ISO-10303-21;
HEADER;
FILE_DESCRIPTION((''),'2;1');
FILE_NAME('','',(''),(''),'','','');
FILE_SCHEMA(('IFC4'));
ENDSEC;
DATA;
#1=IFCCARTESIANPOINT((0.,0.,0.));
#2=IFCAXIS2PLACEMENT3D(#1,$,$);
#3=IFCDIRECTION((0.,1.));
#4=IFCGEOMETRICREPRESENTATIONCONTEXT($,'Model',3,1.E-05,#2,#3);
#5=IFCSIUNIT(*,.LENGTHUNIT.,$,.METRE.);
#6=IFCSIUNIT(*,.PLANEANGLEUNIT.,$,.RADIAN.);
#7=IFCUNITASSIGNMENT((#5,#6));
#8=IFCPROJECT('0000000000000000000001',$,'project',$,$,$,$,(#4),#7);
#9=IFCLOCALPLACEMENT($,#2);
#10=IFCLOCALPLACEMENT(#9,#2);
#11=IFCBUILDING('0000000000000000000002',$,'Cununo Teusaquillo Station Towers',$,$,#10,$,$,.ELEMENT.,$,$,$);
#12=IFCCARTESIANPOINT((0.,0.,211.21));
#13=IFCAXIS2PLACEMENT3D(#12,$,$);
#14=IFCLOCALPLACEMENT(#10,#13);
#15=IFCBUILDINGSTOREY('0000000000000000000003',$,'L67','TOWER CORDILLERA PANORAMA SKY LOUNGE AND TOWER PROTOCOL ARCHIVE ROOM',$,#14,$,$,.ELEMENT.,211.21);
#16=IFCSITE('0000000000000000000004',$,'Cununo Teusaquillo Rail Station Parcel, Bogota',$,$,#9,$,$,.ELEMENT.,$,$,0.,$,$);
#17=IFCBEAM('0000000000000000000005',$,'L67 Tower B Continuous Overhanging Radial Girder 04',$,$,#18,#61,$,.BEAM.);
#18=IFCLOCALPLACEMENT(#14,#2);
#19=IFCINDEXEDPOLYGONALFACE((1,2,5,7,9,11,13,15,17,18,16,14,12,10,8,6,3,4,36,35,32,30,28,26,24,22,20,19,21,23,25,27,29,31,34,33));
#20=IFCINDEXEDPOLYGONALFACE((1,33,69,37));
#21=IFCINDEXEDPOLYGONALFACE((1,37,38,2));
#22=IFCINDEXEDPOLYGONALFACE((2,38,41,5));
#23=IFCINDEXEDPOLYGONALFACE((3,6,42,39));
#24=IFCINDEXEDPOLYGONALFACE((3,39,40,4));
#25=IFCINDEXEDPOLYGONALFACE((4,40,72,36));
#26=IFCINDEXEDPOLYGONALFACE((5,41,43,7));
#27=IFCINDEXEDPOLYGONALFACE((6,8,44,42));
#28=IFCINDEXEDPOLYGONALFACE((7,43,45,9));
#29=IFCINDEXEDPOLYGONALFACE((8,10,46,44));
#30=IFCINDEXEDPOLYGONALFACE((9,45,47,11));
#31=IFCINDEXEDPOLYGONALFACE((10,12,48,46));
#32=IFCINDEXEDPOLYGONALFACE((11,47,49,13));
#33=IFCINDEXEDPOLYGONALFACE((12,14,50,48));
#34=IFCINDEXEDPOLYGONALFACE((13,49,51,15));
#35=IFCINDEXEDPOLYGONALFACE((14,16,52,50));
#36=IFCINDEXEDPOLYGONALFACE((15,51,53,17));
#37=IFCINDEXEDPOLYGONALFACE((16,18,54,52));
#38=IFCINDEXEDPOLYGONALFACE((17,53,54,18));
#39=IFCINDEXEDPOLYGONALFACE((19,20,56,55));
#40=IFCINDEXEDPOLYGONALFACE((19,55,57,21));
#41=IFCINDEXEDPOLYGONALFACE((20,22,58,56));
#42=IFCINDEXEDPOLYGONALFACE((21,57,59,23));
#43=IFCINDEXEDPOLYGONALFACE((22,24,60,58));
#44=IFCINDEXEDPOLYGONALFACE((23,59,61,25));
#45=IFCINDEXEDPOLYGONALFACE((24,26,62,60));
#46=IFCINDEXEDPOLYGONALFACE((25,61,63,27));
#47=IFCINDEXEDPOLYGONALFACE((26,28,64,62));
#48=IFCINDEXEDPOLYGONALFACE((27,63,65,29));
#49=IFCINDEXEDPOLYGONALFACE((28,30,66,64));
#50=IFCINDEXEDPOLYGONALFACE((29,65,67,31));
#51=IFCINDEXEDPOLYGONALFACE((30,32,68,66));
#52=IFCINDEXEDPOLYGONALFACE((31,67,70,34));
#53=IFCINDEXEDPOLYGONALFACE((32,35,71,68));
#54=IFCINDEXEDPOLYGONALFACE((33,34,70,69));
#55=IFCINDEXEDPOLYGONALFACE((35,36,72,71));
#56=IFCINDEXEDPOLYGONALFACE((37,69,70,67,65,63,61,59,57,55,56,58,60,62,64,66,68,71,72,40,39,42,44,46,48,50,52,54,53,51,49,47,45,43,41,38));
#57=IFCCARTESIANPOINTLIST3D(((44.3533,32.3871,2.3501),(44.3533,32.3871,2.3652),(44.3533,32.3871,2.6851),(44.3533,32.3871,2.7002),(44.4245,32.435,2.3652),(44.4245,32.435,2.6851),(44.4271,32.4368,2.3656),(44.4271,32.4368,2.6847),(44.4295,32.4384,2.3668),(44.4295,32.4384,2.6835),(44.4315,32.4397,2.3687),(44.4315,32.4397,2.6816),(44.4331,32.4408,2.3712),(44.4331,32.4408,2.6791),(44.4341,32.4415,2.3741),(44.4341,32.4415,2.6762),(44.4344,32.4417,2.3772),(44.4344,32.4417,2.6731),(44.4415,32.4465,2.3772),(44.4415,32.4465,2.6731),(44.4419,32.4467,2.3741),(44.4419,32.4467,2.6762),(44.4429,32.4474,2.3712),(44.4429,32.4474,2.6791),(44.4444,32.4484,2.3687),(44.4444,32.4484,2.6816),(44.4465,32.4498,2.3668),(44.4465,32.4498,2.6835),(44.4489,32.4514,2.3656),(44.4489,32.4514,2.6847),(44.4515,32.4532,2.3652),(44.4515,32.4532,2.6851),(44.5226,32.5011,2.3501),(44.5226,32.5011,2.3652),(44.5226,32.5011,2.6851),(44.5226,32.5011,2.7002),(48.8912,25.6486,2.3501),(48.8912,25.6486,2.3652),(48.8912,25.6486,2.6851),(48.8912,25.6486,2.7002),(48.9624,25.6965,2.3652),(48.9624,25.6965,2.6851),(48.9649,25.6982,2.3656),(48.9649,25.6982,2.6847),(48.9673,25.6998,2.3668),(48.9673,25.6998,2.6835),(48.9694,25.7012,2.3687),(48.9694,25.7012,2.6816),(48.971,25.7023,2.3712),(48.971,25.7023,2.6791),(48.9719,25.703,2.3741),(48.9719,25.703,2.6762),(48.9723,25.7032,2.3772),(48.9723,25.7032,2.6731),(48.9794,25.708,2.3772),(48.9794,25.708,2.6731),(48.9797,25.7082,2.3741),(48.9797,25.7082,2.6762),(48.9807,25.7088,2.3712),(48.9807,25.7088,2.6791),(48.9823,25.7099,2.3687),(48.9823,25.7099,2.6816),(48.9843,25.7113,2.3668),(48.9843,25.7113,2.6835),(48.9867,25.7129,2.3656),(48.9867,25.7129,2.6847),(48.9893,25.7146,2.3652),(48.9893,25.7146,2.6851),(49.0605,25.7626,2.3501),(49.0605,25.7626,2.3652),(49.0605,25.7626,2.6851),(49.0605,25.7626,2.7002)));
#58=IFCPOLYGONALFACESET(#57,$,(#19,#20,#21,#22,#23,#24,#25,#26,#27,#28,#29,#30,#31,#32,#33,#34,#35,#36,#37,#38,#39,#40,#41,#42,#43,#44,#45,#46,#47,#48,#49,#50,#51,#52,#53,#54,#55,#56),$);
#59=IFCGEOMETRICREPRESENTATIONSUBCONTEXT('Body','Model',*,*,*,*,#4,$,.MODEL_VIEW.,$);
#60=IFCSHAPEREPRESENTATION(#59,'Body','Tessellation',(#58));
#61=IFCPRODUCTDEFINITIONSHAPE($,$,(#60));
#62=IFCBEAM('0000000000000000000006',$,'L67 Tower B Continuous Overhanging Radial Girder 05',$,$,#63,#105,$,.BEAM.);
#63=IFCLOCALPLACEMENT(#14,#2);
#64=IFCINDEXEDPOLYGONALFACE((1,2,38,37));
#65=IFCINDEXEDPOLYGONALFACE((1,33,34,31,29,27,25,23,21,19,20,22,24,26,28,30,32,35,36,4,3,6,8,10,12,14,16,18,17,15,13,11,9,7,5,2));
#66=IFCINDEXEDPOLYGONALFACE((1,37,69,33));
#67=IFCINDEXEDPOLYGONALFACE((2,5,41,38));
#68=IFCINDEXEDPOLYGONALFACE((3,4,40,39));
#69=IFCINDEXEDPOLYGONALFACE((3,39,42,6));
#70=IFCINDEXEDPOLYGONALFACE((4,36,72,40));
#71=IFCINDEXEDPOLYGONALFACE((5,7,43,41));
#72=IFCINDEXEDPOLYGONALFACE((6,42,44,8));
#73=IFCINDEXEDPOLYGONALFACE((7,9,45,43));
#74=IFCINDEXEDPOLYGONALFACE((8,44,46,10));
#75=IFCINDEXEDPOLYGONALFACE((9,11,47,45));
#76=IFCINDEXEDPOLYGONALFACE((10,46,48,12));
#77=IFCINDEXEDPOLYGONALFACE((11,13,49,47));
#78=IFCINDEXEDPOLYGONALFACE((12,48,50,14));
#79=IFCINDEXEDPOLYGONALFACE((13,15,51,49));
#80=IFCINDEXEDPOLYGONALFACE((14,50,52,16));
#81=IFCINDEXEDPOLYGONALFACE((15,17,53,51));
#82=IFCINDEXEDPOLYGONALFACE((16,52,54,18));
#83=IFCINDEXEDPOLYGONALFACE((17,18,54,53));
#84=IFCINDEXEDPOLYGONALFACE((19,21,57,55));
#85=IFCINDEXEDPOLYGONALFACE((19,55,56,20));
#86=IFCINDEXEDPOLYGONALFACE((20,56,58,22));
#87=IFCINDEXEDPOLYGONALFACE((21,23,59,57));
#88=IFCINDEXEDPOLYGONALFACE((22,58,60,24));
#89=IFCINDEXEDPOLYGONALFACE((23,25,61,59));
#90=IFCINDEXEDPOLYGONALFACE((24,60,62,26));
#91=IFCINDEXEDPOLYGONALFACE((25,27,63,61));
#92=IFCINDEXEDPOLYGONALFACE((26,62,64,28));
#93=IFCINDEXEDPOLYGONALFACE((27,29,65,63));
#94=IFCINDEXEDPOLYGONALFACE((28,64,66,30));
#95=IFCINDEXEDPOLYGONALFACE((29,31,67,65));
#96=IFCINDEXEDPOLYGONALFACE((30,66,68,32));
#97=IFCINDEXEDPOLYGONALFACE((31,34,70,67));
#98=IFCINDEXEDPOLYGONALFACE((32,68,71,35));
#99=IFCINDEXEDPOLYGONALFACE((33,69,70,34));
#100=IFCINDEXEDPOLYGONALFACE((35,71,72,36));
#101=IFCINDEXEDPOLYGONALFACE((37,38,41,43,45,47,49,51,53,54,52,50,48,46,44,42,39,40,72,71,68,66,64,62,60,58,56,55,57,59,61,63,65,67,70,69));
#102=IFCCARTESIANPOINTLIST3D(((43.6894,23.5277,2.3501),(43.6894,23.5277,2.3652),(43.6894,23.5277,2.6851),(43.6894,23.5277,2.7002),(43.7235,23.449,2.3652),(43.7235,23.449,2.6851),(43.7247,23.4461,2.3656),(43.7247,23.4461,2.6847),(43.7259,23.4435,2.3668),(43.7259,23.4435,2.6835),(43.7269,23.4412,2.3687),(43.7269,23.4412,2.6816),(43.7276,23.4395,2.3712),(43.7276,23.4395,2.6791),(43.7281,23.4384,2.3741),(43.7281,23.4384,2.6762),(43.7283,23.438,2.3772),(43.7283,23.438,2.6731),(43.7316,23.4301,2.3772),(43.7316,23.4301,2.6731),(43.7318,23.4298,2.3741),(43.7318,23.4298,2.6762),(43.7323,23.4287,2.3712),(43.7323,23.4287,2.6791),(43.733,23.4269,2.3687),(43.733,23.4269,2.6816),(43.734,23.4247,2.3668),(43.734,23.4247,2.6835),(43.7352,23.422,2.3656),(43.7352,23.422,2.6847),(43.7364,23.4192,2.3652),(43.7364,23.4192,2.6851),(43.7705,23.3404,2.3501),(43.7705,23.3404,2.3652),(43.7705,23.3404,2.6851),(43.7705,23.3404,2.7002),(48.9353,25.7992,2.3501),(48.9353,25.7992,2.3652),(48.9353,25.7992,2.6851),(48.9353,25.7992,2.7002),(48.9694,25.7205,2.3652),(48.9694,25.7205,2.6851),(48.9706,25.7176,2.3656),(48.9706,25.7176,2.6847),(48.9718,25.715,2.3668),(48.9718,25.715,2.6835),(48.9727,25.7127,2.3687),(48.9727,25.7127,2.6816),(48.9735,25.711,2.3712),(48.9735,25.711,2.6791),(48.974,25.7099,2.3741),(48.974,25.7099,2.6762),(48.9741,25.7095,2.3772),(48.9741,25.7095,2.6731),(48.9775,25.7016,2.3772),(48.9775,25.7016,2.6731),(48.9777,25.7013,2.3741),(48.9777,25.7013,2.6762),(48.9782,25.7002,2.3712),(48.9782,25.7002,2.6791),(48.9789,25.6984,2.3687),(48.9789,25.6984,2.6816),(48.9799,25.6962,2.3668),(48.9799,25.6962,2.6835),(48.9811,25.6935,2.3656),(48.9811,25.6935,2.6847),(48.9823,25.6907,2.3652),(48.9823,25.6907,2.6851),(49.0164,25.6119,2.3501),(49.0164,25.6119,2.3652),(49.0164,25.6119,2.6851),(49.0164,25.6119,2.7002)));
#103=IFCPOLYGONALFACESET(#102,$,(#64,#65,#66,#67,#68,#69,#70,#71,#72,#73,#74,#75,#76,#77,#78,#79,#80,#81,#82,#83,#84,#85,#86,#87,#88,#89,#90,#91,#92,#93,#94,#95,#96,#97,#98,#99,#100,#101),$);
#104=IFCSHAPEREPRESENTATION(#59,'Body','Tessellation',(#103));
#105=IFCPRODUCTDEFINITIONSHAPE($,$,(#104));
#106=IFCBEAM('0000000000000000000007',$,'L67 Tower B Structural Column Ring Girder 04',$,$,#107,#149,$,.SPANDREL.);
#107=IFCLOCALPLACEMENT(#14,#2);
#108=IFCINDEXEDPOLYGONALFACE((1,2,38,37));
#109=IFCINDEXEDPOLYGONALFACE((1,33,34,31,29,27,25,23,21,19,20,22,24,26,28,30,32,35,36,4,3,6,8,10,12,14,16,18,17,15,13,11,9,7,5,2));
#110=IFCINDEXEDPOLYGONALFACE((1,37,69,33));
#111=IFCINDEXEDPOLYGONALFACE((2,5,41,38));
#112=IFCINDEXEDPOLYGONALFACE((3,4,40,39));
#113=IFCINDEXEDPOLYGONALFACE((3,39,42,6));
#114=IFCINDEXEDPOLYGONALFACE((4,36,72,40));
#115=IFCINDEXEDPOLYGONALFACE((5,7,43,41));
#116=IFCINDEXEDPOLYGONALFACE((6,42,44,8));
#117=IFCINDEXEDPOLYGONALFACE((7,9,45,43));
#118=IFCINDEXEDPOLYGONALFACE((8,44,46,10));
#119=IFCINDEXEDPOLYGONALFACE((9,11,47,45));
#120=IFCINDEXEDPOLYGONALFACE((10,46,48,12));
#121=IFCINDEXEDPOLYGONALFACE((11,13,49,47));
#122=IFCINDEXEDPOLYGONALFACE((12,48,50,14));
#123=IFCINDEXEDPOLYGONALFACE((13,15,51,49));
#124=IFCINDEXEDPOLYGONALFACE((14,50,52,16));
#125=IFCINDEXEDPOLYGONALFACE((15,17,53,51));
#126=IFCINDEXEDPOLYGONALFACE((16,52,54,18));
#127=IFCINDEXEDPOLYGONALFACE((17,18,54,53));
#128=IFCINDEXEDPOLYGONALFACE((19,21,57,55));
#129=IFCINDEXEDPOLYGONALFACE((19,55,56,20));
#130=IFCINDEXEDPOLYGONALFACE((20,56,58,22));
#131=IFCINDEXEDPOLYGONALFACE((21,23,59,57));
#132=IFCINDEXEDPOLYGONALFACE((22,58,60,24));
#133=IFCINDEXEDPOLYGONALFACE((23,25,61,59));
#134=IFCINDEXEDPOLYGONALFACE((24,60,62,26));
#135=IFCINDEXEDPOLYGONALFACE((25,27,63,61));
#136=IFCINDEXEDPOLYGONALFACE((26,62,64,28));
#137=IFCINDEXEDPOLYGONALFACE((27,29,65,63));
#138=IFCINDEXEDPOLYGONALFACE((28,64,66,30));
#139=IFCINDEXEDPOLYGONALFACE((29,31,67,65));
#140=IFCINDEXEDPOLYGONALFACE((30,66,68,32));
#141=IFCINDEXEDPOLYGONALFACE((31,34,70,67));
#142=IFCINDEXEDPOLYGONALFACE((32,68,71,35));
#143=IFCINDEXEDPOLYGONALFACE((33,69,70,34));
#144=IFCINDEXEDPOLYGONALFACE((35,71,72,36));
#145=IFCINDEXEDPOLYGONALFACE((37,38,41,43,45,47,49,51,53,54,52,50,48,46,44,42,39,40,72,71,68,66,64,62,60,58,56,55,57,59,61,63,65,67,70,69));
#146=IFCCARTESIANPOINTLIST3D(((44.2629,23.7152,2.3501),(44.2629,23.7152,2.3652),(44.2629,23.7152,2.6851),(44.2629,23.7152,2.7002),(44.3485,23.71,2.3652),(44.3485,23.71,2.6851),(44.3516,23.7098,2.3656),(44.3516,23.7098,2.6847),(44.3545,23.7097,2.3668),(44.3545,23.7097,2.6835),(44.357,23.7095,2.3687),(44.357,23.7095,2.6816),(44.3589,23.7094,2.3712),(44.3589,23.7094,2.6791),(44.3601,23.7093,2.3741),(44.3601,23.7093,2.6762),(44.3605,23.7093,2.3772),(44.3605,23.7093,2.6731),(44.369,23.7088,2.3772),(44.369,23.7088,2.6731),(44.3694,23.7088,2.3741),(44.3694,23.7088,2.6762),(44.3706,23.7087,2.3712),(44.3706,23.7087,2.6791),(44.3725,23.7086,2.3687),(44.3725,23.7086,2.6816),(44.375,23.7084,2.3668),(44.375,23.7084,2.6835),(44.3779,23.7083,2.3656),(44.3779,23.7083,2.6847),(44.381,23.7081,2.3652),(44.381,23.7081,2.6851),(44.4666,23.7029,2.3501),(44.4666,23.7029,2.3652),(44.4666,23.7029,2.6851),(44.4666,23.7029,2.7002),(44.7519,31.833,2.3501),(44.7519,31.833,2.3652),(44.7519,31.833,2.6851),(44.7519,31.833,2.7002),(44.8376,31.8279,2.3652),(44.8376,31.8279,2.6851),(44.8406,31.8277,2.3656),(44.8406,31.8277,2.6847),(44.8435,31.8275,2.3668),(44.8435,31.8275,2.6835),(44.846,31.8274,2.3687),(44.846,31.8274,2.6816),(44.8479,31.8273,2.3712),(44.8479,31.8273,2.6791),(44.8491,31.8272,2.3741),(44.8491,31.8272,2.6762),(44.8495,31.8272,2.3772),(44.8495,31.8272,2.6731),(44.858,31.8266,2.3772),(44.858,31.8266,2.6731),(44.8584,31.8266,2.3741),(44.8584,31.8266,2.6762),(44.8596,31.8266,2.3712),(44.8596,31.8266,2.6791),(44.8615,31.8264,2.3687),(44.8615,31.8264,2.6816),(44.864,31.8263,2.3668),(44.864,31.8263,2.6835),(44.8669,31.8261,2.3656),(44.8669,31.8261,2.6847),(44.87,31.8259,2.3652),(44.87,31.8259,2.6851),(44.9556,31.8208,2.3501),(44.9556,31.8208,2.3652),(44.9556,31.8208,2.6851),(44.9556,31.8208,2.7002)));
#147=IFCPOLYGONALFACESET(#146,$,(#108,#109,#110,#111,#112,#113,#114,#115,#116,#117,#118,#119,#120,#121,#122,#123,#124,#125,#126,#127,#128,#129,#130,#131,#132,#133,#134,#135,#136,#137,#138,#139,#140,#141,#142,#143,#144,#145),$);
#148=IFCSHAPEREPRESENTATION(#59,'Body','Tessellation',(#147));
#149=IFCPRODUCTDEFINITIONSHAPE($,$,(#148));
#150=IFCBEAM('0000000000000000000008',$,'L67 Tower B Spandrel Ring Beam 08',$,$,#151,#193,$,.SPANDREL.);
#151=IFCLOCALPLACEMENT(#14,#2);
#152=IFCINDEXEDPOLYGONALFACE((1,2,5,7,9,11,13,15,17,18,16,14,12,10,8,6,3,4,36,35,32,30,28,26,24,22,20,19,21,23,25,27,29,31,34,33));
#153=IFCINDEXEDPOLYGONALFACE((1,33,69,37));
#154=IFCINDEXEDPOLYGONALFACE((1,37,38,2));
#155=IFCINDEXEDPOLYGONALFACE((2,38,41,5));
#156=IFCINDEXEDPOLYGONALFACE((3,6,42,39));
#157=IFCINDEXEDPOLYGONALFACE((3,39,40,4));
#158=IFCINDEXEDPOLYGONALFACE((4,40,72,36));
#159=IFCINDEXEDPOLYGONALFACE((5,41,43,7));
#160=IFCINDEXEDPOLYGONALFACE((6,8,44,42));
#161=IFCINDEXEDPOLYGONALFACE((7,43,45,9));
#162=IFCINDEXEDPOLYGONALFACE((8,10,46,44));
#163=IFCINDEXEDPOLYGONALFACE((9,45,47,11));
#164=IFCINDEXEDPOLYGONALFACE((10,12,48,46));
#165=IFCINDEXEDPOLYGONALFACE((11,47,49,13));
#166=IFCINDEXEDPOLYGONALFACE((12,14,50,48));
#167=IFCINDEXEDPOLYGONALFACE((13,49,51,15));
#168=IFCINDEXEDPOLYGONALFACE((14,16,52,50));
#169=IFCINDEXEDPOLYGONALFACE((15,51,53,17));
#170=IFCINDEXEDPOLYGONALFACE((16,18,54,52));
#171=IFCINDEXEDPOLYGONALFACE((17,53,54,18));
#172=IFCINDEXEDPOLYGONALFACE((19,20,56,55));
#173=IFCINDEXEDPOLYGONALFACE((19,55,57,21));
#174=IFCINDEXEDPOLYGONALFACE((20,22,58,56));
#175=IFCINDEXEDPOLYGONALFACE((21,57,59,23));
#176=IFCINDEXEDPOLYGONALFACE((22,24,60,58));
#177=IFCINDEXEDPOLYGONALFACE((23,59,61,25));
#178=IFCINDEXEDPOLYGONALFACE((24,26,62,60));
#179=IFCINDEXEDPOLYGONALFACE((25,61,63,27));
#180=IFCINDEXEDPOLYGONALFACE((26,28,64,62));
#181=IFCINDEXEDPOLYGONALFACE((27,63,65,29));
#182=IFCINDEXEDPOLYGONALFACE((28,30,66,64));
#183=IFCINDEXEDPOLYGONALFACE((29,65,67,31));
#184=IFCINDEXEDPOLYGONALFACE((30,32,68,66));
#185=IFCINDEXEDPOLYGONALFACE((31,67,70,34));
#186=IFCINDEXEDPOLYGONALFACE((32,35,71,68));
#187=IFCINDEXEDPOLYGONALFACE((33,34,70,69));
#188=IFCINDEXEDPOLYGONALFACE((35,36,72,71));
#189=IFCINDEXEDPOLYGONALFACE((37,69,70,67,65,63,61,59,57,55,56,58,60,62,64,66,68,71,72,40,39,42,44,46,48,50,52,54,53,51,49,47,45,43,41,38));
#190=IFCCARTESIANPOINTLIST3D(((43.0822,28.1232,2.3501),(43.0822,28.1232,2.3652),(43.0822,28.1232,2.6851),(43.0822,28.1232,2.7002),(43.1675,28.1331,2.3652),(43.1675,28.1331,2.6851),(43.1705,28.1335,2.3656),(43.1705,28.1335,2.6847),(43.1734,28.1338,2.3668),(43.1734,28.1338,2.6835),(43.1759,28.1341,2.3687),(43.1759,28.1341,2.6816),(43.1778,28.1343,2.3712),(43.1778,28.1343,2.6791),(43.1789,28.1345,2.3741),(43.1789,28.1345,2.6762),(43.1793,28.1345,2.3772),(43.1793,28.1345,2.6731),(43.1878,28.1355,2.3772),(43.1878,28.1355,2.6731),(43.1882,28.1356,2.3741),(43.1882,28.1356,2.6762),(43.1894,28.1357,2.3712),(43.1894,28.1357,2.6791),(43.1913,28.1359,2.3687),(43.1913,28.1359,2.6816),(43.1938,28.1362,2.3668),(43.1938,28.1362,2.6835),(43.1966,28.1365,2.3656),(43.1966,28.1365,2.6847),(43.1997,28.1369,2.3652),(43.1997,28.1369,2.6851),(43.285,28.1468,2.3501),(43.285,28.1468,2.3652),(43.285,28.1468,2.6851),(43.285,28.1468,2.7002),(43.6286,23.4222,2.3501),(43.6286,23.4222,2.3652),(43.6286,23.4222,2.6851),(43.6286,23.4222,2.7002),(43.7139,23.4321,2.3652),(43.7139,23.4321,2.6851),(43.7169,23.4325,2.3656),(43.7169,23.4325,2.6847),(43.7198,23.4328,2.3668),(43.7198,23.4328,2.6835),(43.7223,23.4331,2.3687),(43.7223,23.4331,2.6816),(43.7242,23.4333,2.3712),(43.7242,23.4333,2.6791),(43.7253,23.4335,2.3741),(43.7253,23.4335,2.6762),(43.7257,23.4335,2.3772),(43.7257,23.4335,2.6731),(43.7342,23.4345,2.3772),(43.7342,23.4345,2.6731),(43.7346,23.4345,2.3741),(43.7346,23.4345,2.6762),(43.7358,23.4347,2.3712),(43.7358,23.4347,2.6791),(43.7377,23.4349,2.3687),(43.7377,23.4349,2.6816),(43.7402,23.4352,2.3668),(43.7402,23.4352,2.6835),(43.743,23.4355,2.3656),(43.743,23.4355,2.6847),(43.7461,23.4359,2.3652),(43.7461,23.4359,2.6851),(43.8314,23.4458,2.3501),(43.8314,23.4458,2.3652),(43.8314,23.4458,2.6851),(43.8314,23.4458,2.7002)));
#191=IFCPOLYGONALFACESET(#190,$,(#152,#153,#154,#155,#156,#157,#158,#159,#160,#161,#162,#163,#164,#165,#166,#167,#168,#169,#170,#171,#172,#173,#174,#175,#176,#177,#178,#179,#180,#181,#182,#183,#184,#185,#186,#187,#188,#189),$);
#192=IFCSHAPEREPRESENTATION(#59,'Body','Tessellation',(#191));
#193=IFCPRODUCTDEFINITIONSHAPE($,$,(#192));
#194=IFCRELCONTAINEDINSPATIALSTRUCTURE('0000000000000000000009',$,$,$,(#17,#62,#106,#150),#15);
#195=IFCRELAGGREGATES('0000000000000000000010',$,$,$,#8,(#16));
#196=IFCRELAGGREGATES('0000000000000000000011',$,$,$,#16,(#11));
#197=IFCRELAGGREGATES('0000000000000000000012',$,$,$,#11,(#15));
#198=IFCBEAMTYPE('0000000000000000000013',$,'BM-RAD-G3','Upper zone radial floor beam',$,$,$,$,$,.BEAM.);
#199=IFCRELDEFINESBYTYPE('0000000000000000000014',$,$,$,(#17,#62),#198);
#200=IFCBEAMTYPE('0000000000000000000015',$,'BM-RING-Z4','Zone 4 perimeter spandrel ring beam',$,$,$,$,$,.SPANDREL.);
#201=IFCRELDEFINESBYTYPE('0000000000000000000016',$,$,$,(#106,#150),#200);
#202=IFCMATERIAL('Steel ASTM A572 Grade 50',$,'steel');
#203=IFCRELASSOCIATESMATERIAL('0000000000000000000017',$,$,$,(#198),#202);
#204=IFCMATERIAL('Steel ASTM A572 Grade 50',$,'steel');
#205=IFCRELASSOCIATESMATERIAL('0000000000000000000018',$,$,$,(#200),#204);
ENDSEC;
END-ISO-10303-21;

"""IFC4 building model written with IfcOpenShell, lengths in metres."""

from ifc_helpers import new_model, si_unit, direction, frame, origin, origin_2d, place, context, subcontext, project, spatial, i_section, extrude, material, material_profile, profile_set, type_object, element, save


model = new_model("IFC4")

# Units and contexts
model_context = context("Model", 3, precision=1e-05, world=origin(), true_north=direction((0.0, 1.0)))
body_context = subcontext(model_context, "Body", "Model", "MODEL_VIEW")
ifc_project = project(units=[si_unit("LENGTHUNIT", "METRE"), si_unit("PLANEANGLEUNIT", "RADIAN")], contexts=[model_context])

# Site, building, storey
site_placement = place(None, origin())
site = spatial("IfcSite", under=ifc_project, at=site_placement, Name="Cununo Teusaquillo Rail Station Parcel, Bogota", CompositionType="ELEMENT", RefElevation=0.0)
building_placement = place(site_placement, origin())
building = spatial("IfcBuilding", under=site, at=building_placement, Name="Cununo Teusaquillo Station Towers", CompositionType="ELEMENT")
storey_placement = place(building_placement, frame((0.0, 0.0, 211.21)))
storey = spatial("IfcBuildingStorey", under=building, at=storey_placement, Name="L67", Description="TOWER CORDILLERA PANORAMA SKY LOUNGE AND TOWER PROTOCOL ARCHIVE ROOM", CompositionType="ELEMENT", Elevation=211.21)

# Beams
ifc_material_1 = material(Name="Steel ASTM A572 Grade 50", Category="steel")
ifc_material_profile_1 = material_profile(ifc_material_1, i_section(OverallWidth=0.2041, OverallDepth=0.3501, WebThickness=0.0085, FlangeThickness=0.0151, FilletRadius=0.012, at=origin_2d()), Name="W14X48")
ifc_profile_set_1 = profile_set([ifc_material_profile_1], Name="Steel ASTM A572 Grade 50")
beam_type_1 = type_object("IfcBeamType", Name="BM-RAD-G3", Description="Upper zone radial floor beam", PredefinedType="BEAM", material=ifc_profile_set_1)
beam_1_placement = place(storey_placement, frame((48.9758, 25.7056, 2.5251), z_axis=(-0.558571, 0.829457, 0.0), x_axis=(-0.829457, -0.558571, 0.0)))
element("IfcBeam", 1, at=beam_1_placement, inside=storey, type_object=beam_type_1, Name="L67 Tower B Continuous Overhanging Radial Girder 04", PredefinedType="BEAM", context=body_context, shape_type="SweptSolid", body=[
    extrude(i_section(OverallWidth=0.2041, OverallDepth=0.3501, WebThickness=0.0085, FlangeThickness=0.0151, FilletRadius=0.012, at=origin_2d()), origin(), (0.0, 0.0, 1.0), 8.124),
])
beam_2_placement = place(storey_placement, frame((48.9758, 25.7056, 2.5251), z_axis=(-0.917665, -0.397355, 0.0), x_axis=(0.397355, -0.917665, 0.0)))
element("IfcBeam", 2, at=beam_2_placement, inside=storey, type_object=beam_type_1, Name="L67 Tower B Continuous Overhanging Radial Girder 05", PredefinedType="BEAM", context=body_context, shape_type="SweptSolid", body=[
    extrude(i_section(OverallWidth=0.2041, OverallDepth=0.3501, WebThickness=0.0085, FlangeThickness=0.0151, FilletRadius=0.012, at=origin_2d()), origin(), (0.0, 0.0, 1.0), 5.7166),
])
ifc_material_2 = material(Name="Steel ASTM A572 Grade 50", Category="steel")
ifc_material_profile_2 = material_profile(ifc_material_2, i_section(OverallWidth=0.2041, OverallDepth=0.3501, WebThickness=0.0085, FlangeThickness=0.0151, FilletRadius=0.012, at=origin_2d()), Name="W14X48")
ifc_profile_set_2 = profile_set([ifc_material_profile_2], Name="Steel ASTM A572 Grade 50")
beam_type_2 = type_object("IfcBeamType", Name="BM-RING-Z4", Description="Zone 4 perimeter spandrel ring beam", PredefinedType="SPANDREL", material=ifc_profile_set_2)
beam_3_placement = place(storey_placement, frame((44.8538, 31.8269, 2.5251), z_axis=(-0.06013, -0.998191, 0.0), x_axis=(0.998191, -0.06013, 0.0)))
element("IfcBeam", 3, at=beam_3_placement, inside=storey, type_object=beam_type_2, Name="L67 Tower B Structural Column Ring Girder 04", PredefinedType="SPANDREL", context=body_context, shape_type="SweptSolid", body=[
    extrude(i_section(OverallWidth=0.2041, OverallDepth=0.3501, WebThickness=0.0085, FlangeThickness=0.0151, FilletRadius=0.012, at=origin_2d()), origin(), (0.0, 0.0, 1.0), 8.1326),
])
beam_4_placement = place(storey_placement, frame((43.1836, 28.135, 2.5251), z_axis=(0.115452, -0.993313, 0.0), x_axis=(0.993313, 0.115452, 0.0)))
element("IfcBeam", 4, at=beam_4_placement, inside=storey, type_object=beam_type_2, Name="L67 Tower B Spandrel Ring Beam 08", PredefinedType="SPANDREL", context=body_context, shape_type="SweptSolid", body=[
    extrude(i_section(OverallWidth=0.2041, OverallDepth=0.3501, WebThickness=0.0085, FlangeThickness=0.0151, FilletRadius=0.012, at=origin_2d()), origin(), (0.0, 0.0, 1.0), 4.7327),
])

save(model, "model.ifc")
